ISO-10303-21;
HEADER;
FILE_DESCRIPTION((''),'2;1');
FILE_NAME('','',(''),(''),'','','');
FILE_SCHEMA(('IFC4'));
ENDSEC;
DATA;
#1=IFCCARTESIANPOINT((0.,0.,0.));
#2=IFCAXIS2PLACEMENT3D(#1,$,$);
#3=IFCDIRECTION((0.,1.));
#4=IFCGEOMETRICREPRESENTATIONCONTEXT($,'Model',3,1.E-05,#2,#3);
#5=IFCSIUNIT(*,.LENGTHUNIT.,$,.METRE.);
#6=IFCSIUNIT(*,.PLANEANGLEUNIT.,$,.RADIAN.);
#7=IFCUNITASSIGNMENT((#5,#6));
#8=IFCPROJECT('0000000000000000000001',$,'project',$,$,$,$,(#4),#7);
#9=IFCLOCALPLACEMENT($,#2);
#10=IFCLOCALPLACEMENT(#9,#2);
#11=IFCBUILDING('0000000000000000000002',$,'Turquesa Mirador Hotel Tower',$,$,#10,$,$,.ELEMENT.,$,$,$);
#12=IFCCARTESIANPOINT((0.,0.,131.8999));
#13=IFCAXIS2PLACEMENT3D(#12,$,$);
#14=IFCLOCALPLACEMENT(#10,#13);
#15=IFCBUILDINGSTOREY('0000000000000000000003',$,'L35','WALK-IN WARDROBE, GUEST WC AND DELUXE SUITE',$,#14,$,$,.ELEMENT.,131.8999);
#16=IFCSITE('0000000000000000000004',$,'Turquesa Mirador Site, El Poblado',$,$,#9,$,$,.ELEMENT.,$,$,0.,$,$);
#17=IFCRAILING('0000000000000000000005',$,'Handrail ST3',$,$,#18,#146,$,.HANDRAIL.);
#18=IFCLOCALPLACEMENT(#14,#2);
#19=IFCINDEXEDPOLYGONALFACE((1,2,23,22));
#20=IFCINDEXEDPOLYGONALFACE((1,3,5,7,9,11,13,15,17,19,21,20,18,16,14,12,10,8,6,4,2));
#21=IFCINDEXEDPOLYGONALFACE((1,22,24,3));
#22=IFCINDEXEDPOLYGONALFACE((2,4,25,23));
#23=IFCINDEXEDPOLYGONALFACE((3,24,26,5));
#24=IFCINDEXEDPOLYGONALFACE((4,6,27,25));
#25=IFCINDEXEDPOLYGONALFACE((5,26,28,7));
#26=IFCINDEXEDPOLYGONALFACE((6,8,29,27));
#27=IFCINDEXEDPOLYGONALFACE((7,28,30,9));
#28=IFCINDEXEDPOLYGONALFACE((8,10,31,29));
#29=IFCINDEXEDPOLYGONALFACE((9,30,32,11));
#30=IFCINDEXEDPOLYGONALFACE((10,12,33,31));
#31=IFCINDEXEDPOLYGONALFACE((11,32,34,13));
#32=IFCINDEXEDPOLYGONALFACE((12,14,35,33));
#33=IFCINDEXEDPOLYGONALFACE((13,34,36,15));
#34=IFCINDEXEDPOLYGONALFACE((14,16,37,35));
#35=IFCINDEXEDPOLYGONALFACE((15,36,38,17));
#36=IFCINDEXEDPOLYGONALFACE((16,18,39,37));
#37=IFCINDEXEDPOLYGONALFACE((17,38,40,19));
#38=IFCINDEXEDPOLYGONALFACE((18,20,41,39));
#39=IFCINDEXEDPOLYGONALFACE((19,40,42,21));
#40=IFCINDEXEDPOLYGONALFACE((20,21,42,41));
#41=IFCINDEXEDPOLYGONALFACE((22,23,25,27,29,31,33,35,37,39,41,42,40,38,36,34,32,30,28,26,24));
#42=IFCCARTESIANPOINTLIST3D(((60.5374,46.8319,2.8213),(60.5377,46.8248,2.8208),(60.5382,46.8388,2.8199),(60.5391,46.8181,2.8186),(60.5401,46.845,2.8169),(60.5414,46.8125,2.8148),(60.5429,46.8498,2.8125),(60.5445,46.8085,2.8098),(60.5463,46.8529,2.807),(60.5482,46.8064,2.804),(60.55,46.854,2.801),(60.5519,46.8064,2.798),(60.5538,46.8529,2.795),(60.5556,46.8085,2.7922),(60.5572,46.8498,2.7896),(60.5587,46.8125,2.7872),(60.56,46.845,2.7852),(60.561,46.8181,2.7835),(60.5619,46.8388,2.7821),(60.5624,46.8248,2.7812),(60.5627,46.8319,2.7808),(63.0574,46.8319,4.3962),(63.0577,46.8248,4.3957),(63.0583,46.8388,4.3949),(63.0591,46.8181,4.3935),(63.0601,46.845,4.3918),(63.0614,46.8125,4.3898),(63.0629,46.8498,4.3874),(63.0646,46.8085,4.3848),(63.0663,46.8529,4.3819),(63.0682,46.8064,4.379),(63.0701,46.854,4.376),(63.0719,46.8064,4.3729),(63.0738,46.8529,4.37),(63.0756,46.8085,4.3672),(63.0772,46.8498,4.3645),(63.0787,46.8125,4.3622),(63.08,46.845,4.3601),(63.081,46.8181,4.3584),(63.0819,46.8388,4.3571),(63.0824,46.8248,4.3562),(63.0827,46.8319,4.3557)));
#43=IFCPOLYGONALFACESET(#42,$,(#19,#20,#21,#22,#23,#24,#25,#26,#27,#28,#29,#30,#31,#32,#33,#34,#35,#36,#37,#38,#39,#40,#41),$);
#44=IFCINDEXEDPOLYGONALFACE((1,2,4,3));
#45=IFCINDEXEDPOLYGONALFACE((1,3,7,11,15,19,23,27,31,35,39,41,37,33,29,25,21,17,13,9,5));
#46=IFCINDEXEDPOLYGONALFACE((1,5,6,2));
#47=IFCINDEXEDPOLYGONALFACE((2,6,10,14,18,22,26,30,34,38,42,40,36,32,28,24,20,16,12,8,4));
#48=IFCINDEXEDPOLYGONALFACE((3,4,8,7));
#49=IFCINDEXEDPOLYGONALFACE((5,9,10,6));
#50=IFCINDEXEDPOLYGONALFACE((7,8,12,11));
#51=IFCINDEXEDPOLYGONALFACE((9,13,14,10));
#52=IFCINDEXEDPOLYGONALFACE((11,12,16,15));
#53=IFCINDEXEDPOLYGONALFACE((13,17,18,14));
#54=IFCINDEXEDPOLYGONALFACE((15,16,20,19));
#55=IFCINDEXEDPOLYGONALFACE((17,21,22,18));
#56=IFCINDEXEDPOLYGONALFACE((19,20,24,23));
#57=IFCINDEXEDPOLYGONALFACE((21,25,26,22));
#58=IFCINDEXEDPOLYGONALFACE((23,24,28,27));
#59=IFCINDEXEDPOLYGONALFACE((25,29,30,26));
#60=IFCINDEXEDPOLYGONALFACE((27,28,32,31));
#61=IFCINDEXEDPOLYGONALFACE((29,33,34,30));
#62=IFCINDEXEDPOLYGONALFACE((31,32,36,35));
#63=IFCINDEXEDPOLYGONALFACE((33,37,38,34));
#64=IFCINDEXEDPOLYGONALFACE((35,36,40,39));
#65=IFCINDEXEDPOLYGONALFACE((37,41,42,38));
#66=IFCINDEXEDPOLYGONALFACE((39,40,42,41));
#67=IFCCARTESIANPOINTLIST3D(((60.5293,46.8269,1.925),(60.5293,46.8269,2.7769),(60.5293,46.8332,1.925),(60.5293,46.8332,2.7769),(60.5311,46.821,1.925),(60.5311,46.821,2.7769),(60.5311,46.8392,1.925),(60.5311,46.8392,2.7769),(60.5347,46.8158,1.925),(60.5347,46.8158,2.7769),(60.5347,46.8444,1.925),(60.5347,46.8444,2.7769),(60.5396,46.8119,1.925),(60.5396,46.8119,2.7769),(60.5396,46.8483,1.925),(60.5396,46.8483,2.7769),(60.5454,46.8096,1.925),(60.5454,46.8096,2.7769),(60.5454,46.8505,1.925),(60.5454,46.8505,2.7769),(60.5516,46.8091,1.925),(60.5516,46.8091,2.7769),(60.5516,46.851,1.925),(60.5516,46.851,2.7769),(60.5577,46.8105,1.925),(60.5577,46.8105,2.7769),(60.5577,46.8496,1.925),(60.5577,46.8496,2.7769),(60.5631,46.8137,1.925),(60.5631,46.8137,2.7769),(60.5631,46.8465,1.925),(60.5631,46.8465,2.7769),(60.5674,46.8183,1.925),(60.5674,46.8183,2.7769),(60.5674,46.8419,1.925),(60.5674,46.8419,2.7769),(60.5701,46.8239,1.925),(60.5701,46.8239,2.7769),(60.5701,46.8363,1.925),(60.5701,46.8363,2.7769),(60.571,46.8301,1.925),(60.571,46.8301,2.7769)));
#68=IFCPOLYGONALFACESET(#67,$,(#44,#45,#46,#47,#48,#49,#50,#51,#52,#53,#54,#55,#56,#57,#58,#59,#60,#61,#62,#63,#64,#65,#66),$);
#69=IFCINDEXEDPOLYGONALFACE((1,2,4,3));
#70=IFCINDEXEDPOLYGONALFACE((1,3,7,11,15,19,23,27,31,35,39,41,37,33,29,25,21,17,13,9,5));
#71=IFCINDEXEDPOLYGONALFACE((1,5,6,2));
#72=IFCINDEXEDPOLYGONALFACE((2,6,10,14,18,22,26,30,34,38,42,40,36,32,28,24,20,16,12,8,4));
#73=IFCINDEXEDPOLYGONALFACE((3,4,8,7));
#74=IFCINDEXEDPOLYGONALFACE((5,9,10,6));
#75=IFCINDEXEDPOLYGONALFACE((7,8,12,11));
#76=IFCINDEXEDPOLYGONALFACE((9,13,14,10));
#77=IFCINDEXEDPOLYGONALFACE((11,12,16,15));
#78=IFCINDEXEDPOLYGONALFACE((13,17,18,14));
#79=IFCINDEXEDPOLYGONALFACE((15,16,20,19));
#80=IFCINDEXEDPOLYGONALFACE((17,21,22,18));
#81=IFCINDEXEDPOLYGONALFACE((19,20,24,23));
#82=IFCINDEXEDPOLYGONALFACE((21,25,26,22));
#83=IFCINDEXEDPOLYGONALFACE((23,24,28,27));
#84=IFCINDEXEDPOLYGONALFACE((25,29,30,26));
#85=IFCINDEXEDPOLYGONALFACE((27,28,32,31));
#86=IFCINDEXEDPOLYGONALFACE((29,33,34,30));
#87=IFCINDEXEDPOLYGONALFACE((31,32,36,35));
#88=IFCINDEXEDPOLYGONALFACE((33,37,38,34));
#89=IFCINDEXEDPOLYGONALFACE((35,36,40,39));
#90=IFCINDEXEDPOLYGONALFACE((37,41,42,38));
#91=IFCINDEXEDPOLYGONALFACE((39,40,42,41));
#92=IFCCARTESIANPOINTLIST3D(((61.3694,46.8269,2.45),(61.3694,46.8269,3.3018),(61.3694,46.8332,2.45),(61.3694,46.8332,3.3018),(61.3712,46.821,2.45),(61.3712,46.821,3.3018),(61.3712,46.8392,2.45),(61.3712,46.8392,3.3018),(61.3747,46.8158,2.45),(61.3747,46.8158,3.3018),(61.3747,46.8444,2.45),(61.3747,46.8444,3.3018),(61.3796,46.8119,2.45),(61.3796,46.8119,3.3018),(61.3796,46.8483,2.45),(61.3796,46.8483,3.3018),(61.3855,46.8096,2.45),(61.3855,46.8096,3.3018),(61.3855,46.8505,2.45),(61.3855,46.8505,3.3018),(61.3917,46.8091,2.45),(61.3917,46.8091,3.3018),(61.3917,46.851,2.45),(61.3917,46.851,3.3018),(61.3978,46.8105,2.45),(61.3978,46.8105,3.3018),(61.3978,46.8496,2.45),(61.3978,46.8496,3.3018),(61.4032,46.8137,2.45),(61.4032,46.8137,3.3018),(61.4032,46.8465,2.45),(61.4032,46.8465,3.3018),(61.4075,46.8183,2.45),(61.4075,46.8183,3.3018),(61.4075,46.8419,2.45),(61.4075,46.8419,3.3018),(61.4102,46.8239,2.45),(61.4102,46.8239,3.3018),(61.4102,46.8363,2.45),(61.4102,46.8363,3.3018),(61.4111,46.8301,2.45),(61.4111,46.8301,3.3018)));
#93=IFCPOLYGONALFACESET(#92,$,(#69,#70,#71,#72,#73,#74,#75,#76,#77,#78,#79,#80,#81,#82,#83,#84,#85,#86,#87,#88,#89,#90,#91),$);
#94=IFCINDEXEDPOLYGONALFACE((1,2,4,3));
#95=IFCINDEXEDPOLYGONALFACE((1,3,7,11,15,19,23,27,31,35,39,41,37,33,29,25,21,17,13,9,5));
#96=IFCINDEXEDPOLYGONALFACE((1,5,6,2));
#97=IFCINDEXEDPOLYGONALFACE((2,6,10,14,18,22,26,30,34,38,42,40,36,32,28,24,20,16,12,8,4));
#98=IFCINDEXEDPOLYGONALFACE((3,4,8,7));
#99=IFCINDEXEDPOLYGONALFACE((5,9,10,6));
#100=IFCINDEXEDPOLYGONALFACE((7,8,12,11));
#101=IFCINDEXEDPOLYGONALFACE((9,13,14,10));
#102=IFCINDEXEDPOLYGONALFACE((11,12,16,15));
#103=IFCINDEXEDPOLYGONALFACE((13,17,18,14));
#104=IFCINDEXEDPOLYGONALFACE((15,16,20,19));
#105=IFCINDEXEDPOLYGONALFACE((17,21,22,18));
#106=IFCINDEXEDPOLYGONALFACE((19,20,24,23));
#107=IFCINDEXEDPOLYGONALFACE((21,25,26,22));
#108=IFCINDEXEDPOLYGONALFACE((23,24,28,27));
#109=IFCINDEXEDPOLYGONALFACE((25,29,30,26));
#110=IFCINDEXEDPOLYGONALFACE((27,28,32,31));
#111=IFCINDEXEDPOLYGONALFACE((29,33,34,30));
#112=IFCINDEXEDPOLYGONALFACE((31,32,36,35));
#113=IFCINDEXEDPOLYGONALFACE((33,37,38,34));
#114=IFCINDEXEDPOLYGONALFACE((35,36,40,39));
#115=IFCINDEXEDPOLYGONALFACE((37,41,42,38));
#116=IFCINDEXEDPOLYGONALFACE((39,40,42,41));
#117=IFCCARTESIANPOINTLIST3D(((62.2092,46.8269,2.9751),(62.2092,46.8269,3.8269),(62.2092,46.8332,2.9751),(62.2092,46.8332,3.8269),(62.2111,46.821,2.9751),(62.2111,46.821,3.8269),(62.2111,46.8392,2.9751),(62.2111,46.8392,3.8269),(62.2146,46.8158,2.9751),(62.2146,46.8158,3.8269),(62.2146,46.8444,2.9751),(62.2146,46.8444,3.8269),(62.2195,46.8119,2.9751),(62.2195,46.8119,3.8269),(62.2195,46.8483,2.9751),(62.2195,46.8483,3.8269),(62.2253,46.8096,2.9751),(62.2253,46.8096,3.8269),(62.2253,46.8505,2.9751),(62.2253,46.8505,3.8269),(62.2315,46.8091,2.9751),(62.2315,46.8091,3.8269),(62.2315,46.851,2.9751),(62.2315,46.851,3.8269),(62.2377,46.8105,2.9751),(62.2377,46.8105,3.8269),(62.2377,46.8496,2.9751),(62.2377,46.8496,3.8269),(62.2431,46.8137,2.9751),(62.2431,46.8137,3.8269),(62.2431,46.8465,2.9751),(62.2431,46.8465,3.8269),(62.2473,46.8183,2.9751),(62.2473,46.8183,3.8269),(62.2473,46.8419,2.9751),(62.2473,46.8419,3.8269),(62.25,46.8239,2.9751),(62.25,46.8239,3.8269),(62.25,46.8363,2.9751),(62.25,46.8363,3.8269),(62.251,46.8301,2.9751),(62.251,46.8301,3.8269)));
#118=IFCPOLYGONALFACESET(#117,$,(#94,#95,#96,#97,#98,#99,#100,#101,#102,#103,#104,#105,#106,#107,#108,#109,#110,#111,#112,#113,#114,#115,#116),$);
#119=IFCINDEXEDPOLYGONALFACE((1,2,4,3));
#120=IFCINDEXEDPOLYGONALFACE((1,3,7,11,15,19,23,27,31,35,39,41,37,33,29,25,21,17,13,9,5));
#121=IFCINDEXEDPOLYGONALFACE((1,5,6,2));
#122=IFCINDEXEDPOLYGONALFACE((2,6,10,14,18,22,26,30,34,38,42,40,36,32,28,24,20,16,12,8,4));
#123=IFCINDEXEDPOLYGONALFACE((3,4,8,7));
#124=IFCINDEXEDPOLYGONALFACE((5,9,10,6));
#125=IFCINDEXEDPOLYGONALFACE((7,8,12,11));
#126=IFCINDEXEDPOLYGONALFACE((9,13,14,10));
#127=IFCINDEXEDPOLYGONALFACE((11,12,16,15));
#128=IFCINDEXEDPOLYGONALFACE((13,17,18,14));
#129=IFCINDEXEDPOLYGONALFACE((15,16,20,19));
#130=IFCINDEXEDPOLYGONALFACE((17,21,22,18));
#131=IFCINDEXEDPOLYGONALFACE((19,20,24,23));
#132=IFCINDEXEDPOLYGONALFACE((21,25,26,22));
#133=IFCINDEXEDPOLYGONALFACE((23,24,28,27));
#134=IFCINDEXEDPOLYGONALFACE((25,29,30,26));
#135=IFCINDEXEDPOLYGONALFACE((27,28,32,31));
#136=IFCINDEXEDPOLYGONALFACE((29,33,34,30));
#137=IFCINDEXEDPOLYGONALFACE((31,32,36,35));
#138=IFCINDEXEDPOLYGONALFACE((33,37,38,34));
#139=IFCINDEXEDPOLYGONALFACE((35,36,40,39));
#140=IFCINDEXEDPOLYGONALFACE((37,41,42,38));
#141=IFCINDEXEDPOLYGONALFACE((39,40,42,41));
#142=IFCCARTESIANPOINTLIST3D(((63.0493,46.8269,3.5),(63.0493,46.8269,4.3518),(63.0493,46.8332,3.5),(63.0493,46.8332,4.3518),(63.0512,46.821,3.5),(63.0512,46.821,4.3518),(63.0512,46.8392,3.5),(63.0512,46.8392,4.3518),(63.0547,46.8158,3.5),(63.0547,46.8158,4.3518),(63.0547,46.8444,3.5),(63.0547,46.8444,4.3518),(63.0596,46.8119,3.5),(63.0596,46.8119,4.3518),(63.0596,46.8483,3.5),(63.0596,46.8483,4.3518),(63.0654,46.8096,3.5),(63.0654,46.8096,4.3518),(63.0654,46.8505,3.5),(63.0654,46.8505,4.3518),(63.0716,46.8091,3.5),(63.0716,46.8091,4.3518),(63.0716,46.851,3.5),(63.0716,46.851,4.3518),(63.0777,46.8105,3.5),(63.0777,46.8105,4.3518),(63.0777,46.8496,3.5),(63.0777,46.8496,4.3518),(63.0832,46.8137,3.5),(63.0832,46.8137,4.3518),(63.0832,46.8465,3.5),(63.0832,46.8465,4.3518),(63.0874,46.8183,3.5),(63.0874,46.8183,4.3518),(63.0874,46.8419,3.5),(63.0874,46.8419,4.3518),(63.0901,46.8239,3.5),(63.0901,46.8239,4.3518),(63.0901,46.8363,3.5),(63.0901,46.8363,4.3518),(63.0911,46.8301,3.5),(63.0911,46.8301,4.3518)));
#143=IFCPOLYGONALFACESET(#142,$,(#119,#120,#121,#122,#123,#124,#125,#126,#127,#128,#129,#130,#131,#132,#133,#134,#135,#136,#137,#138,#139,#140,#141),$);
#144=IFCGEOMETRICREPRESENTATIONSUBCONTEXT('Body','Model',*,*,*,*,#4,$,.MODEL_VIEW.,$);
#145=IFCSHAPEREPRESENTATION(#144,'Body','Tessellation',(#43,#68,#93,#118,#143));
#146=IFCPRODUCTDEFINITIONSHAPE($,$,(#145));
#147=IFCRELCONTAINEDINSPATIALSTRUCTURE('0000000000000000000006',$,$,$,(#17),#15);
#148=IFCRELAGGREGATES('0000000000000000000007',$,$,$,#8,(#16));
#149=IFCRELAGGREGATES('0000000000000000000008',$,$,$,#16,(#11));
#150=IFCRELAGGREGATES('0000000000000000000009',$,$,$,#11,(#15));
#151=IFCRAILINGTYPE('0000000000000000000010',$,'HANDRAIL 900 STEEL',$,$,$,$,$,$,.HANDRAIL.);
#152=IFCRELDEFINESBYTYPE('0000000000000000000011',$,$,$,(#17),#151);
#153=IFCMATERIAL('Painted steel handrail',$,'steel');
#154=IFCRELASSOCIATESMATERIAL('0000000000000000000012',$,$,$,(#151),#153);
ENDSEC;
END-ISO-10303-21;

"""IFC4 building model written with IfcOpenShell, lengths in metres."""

from ifc_helpers import new_model, si_unit, direction, frame, origin, origin_2d, place, context, subcontext, project, spatial, circle, extrude, material, type_object, element, save


model = new_model("IFC4")

# Units and contexts
model_context = context("Model", 3, precision=1e-05, world=origin(), true_north=direction((0.0, 1.0)))
body_context = subcontext(model_context, "Body", "Model", "MODEL_VIEW")
ifc_project = project(units=[si_unit("LENGTHUNIT", "METRE"), si_unit("PLANEANGLEUNIT", "RADIAN")], contexts=[model_context])

# Site, building, storey
site_placement = place(None, origin())
site = spatial("IfcSite", under=ifc_project, at=site_placement, Name="Turquesa Mirador Site, El Poblado", CompositionType="ELEMENT", RefElevation=0.0)
building_placement = place(site_placement, origin())
building = spatial("IfcBuilding", under=site, at=building_placement, Name="Turquesa Mirador Hotel Tower", CompositionType="ELEMENT")
storey_placement = place(building_placement, frame((0.0, 0.0, 131.8999)))
storey = spatial("IfcBuildingStorey", under=building, at=storey_placement, Name="L35", Description="WALK-IN WARDROBE, GUEST WC AND DELUXE SUITE", CompositionType="ELEMENT", Elevation=131.8999)

# Railing
ifc_material_1 = material(Name="Painted steel handrail", Category="steel")
railing_type = type_object("IfcRailingType", Name="HANDRAIL 900 STEEL", PredefinedType="HANDRAIL", material=ifc_material_1)
railing_1_placement = place(storey_placement, frame((60.55, 46.8301, 1.925)))
element("IfcRailing", 1, at=railing_1_placement, inside=storey, type_object=railing_type, Name="Handrail ST3", PredefinedType="HANDRAIL", context=body_context, shape_type="SweptSolid", body=[
    extrude(circle(Radius=0.0239, at=origin_2d()), frame((0.0, 0.0, 0.876), z_axis=(0.848008, 0.0, 0.529984), x_axis=(0.0, 1.0, 0.0)), (0.0, 0.0, 1.0), 2.9717),
    extrude(circle(Radius=0.021, at=origin_2d()), origin(), (0.0, 0.0, 1.0), 0.8518),
    extrude(circle(Radius=0.021, at=origin_2d()), frame((0.8401, 0.0, 0.5249)), (0.0, 0.0, 1.0), 0.8518),
    extrude(circle(Radius=0.021, at=origin_2d()), frame((1.6799, 0.0, 1.05)), (0.0, 0.0, 1.0), 0.8518),
    extrude(circle(Radius=0.021, at=origin_2d()), frame((2.52, 0.0, 1.575)), (0.0, 0.0, 1.0), 0.8518),
])

save(model, "model.ifc")
